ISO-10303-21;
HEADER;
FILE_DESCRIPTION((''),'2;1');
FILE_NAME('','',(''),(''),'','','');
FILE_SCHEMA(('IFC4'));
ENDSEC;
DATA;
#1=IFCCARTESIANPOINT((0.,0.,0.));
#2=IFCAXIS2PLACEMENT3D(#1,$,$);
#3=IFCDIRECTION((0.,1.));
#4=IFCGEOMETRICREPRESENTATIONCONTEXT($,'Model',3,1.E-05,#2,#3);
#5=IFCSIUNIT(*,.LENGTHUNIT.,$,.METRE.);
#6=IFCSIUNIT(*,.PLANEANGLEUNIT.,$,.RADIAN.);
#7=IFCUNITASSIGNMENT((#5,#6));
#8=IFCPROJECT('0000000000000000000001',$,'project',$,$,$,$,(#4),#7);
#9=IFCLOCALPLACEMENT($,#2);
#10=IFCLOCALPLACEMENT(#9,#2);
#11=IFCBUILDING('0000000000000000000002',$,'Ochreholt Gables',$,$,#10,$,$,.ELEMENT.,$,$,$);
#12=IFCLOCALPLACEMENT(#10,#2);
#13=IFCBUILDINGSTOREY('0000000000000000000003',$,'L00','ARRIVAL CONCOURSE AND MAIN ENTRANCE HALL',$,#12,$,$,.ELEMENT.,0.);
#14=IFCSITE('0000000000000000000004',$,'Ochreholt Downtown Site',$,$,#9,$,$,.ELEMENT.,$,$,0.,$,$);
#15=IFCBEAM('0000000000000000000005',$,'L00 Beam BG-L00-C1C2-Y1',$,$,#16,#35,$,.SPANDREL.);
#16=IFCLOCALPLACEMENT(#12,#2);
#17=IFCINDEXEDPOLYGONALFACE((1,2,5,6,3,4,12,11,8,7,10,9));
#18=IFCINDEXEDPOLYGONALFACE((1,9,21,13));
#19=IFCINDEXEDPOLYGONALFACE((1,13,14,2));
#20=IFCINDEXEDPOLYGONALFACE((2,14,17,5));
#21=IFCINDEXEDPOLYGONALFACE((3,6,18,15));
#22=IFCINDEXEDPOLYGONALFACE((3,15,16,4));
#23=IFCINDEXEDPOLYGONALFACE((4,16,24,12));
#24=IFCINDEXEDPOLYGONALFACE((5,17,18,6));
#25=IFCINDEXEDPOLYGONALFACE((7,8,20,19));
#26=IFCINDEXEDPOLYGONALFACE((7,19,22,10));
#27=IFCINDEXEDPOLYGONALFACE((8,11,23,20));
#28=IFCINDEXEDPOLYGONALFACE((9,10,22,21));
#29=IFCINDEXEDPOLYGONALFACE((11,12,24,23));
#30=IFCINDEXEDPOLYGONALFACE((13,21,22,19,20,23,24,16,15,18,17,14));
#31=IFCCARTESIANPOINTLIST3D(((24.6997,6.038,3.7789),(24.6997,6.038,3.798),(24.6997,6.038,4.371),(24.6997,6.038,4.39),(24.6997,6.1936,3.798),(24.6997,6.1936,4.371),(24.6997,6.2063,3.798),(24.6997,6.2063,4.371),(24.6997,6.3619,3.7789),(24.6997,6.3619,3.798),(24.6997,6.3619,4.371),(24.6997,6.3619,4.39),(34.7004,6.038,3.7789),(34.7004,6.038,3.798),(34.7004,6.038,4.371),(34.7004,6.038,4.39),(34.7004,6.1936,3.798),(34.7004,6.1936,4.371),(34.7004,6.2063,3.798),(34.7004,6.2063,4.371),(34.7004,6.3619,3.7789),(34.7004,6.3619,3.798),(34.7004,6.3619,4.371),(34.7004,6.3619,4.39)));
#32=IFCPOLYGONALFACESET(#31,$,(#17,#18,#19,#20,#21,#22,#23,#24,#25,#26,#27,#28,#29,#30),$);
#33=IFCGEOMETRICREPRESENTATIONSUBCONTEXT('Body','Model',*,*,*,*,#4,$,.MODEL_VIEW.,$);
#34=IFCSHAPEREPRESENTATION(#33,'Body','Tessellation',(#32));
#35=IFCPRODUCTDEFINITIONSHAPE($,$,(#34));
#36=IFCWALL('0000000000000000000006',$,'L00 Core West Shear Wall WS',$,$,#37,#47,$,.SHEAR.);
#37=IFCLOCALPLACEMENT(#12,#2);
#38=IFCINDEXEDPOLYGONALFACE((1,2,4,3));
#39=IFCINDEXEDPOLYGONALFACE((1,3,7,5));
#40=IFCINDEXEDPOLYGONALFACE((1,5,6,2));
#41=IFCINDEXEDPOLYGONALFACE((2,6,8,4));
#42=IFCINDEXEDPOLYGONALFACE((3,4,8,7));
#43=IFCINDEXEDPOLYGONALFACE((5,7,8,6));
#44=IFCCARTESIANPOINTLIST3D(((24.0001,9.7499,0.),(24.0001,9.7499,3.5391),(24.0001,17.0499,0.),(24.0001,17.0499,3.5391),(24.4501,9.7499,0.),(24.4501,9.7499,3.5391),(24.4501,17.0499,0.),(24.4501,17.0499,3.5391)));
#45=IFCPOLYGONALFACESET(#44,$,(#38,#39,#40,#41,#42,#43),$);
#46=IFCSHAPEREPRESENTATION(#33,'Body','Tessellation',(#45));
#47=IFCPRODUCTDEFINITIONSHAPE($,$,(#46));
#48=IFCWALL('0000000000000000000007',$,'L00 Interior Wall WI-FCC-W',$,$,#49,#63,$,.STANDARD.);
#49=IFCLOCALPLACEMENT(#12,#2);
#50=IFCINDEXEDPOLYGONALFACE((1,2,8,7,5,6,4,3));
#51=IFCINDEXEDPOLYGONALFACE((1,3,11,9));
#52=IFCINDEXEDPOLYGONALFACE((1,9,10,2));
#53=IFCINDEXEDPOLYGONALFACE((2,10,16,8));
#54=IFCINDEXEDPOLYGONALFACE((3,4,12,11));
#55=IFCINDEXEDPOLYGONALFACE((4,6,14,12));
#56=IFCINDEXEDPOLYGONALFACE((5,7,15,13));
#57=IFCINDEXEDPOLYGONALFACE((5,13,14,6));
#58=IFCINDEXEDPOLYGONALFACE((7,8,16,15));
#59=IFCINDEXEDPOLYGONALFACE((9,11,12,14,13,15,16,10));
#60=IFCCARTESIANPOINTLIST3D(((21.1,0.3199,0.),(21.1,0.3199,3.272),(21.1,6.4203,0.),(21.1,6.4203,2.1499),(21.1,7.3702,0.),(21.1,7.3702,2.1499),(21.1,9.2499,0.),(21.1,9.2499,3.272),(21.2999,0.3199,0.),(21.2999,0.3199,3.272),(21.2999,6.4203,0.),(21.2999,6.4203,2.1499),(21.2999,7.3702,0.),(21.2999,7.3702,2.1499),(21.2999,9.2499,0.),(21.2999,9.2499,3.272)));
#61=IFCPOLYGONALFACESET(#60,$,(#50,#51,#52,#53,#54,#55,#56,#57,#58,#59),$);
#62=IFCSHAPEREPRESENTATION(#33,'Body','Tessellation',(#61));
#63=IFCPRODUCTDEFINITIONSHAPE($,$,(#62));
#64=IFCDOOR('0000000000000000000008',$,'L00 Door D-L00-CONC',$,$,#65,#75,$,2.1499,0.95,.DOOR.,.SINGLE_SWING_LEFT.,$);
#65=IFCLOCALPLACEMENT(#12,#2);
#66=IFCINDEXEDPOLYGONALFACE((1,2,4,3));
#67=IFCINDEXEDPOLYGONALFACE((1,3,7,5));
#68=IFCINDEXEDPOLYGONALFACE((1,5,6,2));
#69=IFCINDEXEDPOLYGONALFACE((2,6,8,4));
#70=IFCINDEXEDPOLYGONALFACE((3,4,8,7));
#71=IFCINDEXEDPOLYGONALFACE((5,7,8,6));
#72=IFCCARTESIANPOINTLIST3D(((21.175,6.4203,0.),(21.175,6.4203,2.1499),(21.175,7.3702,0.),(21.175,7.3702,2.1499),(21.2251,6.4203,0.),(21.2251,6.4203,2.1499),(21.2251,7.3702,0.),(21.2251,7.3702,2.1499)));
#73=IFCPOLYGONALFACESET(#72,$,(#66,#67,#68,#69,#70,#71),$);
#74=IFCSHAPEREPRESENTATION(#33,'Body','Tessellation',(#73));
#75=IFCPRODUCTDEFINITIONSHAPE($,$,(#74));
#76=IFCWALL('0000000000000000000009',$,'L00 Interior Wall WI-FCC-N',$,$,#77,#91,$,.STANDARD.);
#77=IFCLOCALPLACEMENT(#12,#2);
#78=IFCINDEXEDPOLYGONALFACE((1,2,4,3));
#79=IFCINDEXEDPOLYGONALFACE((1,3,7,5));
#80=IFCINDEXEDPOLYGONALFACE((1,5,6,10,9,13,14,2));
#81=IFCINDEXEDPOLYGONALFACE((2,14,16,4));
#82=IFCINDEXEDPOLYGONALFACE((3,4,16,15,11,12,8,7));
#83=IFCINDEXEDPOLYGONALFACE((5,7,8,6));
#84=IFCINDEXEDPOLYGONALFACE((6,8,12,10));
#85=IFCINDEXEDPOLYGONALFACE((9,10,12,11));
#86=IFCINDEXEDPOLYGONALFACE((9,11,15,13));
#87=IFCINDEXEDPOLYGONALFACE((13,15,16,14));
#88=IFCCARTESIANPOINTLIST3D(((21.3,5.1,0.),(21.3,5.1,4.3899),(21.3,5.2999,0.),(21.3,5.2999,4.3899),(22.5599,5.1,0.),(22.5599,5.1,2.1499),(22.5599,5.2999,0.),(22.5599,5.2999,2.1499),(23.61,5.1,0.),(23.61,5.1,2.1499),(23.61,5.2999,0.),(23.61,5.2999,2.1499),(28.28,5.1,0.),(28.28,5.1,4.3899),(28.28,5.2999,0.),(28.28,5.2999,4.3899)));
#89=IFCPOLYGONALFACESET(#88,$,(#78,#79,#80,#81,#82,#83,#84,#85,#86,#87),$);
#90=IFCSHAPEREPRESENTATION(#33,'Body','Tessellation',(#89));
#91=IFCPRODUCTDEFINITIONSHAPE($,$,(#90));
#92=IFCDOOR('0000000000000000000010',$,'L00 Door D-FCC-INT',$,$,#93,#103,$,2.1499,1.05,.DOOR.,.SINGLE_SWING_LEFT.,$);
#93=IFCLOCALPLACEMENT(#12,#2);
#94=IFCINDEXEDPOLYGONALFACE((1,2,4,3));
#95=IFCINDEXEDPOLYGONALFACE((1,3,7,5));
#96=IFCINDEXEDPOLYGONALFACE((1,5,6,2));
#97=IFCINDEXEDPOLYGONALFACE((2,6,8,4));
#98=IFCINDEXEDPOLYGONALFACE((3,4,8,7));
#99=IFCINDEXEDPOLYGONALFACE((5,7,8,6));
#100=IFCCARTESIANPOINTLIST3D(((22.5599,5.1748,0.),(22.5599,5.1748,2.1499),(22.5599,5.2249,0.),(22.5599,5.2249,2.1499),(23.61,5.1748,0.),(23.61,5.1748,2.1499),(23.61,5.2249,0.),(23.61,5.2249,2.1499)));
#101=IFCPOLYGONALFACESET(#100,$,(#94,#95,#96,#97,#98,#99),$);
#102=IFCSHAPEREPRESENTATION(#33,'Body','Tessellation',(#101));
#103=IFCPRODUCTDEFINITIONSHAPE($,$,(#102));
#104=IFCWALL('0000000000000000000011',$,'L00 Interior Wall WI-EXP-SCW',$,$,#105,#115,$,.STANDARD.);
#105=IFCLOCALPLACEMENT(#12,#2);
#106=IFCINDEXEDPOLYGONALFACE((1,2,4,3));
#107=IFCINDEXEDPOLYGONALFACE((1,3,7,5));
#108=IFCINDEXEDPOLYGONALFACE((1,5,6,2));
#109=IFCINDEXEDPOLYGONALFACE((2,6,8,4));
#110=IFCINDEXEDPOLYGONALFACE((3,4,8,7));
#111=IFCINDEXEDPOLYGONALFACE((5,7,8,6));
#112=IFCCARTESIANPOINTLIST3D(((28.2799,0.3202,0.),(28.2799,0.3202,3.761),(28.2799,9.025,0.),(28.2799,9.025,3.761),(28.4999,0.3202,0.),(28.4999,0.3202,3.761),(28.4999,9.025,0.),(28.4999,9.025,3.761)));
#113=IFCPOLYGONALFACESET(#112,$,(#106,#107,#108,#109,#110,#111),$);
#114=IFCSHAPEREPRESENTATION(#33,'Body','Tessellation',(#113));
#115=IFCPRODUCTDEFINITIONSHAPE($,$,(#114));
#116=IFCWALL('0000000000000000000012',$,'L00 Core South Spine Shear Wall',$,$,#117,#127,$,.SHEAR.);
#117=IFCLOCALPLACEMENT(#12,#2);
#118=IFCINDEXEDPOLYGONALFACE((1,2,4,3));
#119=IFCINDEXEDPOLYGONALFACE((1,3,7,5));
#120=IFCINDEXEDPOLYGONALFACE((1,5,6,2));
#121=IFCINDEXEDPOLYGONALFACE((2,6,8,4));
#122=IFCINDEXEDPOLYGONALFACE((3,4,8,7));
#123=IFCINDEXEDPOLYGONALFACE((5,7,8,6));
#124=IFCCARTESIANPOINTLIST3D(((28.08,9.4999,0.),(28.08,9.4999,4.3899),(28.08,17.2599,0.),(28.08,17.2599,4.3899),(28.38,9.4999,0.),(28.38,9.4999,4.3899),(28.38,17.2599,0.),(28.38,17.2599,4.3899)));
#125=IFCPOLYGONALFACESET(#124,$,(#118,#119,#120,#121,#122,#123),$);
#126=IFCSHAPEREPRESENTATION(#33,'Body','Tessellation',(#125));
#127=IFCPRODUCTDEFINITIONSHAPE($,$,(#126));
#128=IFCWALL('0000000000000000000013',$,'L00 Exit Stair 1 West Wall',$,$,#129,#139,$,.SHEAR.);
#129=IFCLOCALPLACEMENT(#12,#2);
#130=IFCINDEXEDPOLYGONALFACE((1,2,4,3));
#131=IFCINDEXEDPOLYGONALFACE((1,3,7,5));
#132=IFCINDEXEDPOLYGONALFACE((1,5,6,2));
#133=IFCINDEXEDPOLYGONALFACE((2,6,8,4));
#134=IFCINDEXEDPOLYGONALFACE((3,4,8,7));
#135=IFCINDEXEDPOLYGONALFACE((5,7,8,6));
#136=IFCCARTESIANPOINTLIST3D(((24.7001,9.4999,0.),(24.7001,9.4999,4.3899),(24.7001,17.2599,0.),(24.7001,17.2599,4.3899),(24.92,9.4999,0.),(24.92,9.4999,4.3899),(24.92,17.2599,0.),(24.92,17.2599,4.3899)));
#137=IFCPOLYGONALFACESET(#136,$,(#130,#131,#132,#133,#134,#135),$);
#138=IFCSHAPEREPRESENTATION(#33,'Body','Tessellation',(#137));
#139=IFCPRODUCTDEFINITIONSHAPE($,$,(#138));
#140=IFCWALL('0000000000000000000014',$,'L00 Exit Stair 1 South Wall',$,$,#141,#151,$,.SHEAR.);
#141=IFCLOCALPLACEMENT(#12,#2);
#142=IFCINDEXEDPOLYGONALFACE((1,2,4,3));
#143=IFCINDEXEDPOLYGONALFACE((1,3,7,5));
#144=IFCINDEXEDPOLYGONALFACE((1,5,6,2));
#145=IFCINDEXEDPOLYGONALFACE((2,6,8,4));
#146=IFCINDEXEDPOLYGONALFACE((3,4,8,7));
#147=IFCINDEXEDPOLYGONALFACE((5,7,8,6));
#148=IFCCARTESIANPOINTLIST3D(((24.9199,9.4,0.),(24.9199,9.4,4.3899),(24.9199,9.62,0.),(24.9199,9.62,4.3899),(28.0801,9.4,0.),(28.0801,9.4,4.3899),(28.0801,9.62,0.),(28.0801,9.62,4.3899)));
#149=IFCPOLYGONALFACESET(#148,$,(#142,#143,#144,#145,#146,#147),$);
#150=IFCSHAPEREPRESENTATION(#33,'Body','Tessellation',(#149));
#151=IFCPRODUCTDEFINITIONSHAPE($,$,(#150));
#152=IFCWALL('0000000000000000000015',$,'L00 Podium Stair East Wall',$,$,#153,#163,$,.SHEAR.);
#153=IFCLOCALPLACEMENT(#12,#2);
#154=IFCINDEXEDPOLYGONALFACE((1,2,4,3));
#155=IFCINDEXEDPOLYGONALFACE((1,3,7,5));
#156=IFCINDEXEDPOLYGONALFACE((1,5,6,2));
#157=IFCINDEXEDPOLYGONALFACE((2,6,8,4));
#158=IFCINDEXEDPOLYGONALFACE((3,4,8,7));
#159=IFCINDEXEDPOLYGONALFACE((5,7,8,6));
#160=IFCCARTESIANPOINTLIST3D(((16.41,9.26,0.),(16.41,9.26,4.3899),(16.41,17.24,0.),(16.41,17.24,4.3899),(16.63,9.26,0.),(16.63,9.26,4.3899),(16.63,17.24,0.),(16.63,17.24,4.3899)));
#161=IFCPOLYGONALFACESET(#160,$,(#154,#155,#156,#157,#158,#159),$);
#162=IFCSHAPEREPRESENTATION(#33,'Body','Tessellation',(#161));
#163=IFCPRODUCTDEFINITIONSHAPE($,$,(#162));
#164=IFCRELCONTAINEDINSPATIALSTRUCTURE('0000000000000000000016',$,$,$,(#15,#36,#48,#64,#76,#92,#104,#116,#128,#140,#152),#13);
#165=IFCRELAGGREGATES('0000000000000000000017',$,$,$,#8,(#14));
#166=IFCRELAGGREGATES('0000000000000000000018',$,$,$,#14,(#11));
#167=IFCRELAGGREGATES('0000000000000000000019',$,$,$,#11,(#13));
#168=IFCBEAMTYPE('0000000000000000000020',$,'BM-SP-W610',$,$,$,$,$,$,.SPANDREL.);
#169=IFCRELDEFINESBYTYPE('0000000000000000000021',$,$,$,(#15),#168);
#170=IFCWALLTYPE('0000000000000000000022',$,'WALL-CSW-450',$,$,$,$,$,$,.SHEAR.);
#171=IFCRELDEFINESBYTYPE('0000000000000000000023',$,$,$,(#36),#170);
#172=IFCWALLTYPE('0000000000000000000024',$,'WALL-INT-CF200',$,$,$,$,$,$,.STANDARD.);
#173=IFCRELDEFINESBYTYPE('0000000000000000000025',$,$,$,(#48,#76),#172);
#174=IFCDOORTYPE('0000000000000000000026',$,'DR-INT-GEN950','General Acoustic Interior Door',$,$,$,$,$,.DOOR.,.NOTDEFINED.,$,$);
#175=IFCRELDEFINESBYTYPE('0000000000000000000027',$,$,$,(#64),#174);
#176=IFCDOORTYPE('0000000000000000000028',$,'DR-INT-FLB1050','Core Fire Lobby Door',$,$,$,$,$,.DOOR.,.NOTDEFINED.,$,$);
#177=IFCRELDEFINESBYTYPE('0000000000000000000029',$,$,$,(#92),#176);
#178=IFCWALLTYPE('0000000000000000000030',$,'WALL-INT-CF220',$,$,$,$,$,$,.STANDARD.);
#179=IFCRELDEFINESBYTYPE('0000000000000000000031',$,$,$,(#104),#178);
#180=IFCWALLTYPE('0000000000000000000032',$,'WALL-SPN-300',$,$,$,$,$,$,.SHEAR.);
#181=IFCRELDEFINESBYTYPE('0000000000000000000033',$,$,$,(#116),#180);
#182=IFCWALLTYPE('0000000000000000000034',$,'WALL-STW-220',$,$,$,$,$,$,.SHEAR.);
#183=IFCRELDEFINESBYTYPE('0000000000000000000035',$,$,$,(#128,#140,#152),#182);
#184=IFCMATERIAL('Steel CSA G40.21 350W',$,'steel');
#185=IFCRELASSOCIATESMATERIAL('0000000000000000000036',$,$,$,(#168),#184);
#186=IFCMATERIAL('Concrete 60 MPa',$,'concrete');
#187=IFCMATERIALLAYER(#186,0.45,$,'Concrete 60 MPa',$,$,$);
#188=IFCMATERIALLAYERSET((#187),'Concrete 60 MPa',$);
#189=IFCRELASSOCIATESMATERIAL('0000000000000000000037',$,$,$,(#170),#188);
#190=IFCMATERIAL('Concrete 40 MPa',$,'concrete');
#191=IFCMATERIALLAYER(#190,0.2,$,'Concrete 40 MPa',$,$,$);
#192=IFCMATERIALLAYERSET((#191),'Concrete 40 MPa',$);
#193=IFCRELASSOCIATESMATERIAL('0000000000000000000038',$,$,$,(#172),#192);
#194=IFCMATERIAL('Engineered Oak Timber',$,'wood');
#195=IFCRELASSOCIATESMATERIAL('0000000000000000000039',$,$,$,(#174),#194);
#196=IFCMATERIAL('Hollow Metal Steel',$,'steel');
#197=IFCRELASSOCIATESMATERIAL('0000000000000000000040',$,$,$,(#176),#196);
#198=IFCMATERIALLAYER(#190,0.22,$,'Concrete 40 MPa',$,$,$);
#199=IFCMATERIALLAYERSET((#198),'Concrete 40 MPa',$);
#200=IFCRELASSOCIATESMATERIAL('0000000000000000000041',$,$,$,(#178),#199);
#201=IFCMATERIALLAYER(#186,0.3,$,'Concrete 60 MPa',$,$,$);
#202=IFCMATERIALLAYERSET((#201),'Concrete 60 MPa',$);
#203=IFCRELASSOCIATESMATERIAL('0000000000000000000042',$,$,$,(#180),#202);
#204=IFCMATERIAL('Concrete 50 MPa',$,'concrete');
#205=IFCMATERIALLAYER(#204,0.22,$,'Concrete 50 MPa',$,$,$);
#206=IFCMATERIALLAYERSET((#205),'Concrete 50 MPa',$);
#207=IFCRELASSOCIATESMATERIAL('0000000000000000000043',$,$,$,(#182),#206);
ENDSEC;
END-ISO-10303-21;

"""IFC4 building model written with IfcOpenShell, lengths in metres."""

from ifc_helpers import new_model, si_unit, direction, frame, frame_2d, origin, origin_2d, place, context, subcontext, project, spatial, rectangle, i_section, extrude, material, layer, layer_set, material_profile, profile_set, type_object, element, fill, save


model = new_model("IFC4")

# Units and contexts
model_context = context("Model", 3, precision=1e-05, world=origin(), true_north=direction((0.0, 1.0)))
body_context = subcontext(model_context, "Body", "Model", "MODEL_VIEW")
ifc_project = project(units=[si_unit("LENGTHUNIT", "METRE"), si_unit("PLANEANGLEUNIT", "RADIAN")], contexts=[model_context])

# Site, building, storey
site_placement = place(None, origin())
site = spatial("IfcSite", under=ifc_project, at=site_placement, Name="Ochreholt Downtown Site", CompositionType="ELEMENT", RefElevation=0.0)
building_placement = place(site_placement, origin())
building = spatial("IfcBuilding", under=site, at=building_placement, Name="Ochreholt Gables", CompositionType="ELEMENT")
storey_placement = place(building_placement, origin())
storey = spatial("IfcBuildingStorey", under=building, at=storey_placement, Name="L00", Description="ARRIVAL CONCOURSE AND MAIN ENTRANCE HALL", CompositionType="ELEMENT", Elevation=0.0)

# Shared definitions
ifc_material_1 = material(Name="Concrete 60 MPa", Category="concrete")

# Beam
ifc_material_2 = material(Name="Steel CSA G40.21 350W", Category="steel")
ifc_material_profile_1 = material_profile(ifc_material_2, i_section(OverallWidth=0.324, OverallDepth=0.6111, WebThickness=0.0127, FlangeThickness=0.019, at=origin_2d()), Name="W610X155")
ifc_profile_set_1 = profile_set([ifc_material_profile_1], Name="Steel CSA G40.21 350W")
beam_type_1 = type_object("IfcBeamType", Name="BM-SP-W610", PredefinedType="SPANDREL", material=ifc_profile_set_1)
beam_1_placement = place(storey_placement, frame((24.6997, 6.2, 4.0845), z_axis=(1.0, 0.0, 0.0), x_axis=(0.0, 1.0, 0.0)))
element("IfcBeam", 1, at=beam_1_placement, inside=storey, type_object=beam_type_1, Name="L00 Beam BG-L00-C1C2-Y1", PredefinedType="SPANDREL", context=body_context, shape_type="SweptSolid", body=[
    extrude(i_section(OverallWidth=0.324, OverallDepth=0.6111, WebThickness=0.0127, FlangeThickness=0.019, at=origin_2d()), origin(), (0.0, 0.0, 1.0), 10.0007),
])

# Wall
ifc_layer_1 = layer(ifc_material_1, 0.45, Name="Concrete 60 MPa")
ifc_layer_set_1 = layer_set([ifc_layer_1], Name="Concrete 60 MPa")
wall_type_1 = type_object("IfcWallType", Name="WALL-CSW-450", PredefinedType="SHEAR", material=ifc_layer_set_1)
wall_1_placement = place(storey_placement, frame((24.2251, 9.75, 0.0), z_axis=(0.0, 0.0, 1.0), x_axis=(0.0, 1.0, 0.0)))
element("IfcWall", 2, at=wall_1_placement, inside=storey, type_object=wall_type_1, Name="L00 Core West Shear Wall WS", PredefinedType="SHEAR", context=body_context, shape_type="SweptSolid", body=[
    extrude(rectangle(XDim=7.3, YDim=0.45, at=frame_2d((3.6499, 0.0))), origin(), (0.0, 0.0, 1.0), 3.5391),
])

# Walls, openings, doors
ifc_material_3 = material(Name="Hollow Metal Steel", Category="steel")
ifc_material_4 = material(Name="Concrete 40 MPa", Category="concrete")
ifc_layer_2 = layer(ifc_material_4, 0.2, Name="Concrete 40 MPa")
ifc_layer_set_2 = layer_set([ifc_layer_2], Name="Concrete 40 MPa")
wall_type_2 = type_object("IfcWallType", Name="WALL-INT-CF200", PredefinedType="STANDARD", material=ifc_layer_set_2)
wall_2_placement = place(storey_placement, frame((21.2, 0.3201, 0.0), z_axis=(0.0, 0.0, 1.0), x_axis=(0.0, 1.0, 0.0)))
wall_2 = element("IfcWall", 3, at=wall_2_placement, inside=storey, type_object=wall_type_2, Name="L00 Interior Wall WI-FCC-W", PredefinedType="STANDARD", context=body_context, shape_type="SweptSolid", body=[
    extrude(rectangle(XDim=8.9299, YDim=0.2, at=frame_2d((4.4648, 0.0))), origin(), (0.0, 0.0, 1.0), 3.272),
])
opening_1_placement = place(wall_2_placement, frame((6.1001, 0.0, 0.0)))
opening_1 = element("IfcOpeningElement", 4, at=opening_1_placement, cuts=wall_2, PredefinedType="OPENING", context=body_context, shape_type="SweptSolid", body=[
    extrude(rectangle(XDim=0.95, YDim=2.1499, at=frame_2d((0.4751, 1.075))), frame((0.0, 0.1099, 0.0), z_axis=(0.0, -1.0, 0.0), x_axis=(1.0, 0.0, 0.0)), (0.0, 0.0, 1.0), 0.22),
])
ifc_material_5 = material(Name="Engineered Oak Timber", Category="wood")
door_type_1 = type_object("IfcDoorType", Name="DR-INT-GEN950", Description="General Acoustic Interior Door", OperationType="NOTDEFINED", PredefinedType="DOOR", material=ifc_material_5)
door_1_placement = place(opening_1_placement, origin())
door_1 = element("IfcDoor", 5, at=door_1_placement, inside=storey, type_object=door_type_1, Name="L00 Door D-L00-CONC", OperationType="SINGLE_SWING_LEFT", OverallHeight=2.1499, OverallWidth=0.95, PredefinedType="DOOR", context=body_context, shape_type="SweptSolid", body=[
    extrude(rectangle(XDim=0.95, YDim=2.1499, at=frame_2d((0.4751, 1.075))), frame((0.0, 0.0249, 0.0), z_axis=(0.0, -1.0, 0.0), x_axis=(1.0, 0.0, 0.0)), (0.0, 0.0, 1.0), 0.05),
])
fill(opening_1, door_1)
wall_3_placement = place(storey_placement, frame((21.3, 5.2, 0.0), z_axis=(0.0, 0.0, 1.0), x_axis=(1.0, 0.0, 0.0)))
wall_3 = element("IfcWall", 6, at=wall_3_placement, inside=storey, type_object=wall_type_2, Name="L00 Interior Wall WI-FCC-N", PredefinedType="STANDARD", context=body_context, shape_type="SweptSolid", body=[
    extrude(rectangle(XDim=6.98, YDim=0.2, at=frame_2d((3.49, 0.0))), origin(), (0.0, 0.0, 1.0), 4.3899),
])
opening_2_placement = place(wall_3_placement, frame((1.26, 0.0, 0.0)))
opening_2 = element("IfcOpeningElement", 7, at=opening_2_placement, cuts=wall_3, PredefinedType="OPENING", context=body_context, shape_type="SweptSolid", body=[
    extrude(rectangle(XDim=1.05, YDim=2.1499, at=frame_2d((0.5249, 1.075))), frame((0.0, 0.1099, 0.0), z_axis=(0.0, -1.0, 0.0), x_axis=(1.0, 0.0, 0.0)), (0.0, 0.0, 1.0), 0.22),
])
door_type_2 = type_object("IfcDoorType", Name="DR-INT-FLB1050", Description="Core Fire Lobby Door", OperationType="NOTDEFINED", PredefinedType="DOOR", material=ifc_material_3)
door_2_placement = place(opening_2_placement, origin())
door_2 = element("IfcDoor", 8, at=door_2_placement, inside=storey, type_object=door_type_2, Name="L00 Door D-FCC-INT", OperationType="SINGLE_SWING_LEFT", OverallHeight=2.1499, OverallWidth=1.05, PredefinedType="DOOR", context=body_context, shape_type="SweptSolid", body=[
    extrude(rectangle(XDim=1.05, YDim=2.1499, at=frame_2d((0.5249, 1.075))), frame((0.0, 0.0249, 0.0), z_axis=(0.0, -1.0, 0.0), x_axis=(1.0, 0.0, 0.0)), (0.0, 0.0, 1.0), 0.05),
])
fill(opening_2, door_2)

# Walls
ifc_layer_3 = layer(ifc_material_4, 0.22, Name="Concrete 40 MPa")
ifc_layer_set_3 = layer_set([ifc_layer_3], Name="Concrete 40 MPa")
wall_type_3 = type_object("IfcWallType", Name="WALL-INT-CF220", PredefinedType="STANDARD", material=ifc_layer_set_3)
wall_4_placement = place(storey_placement, frame((28.3899, 0.3201, 0.0), z_axis=(0.0, 0.0, 1.0), x_axis=(0.0, 1.0, 0.0)))
element("IfcWall", 9, at=wall_4_placement, inside=storey, type_object=wall_type_3, Name="L00 Interior Wall WI-EXP-SCW", PredefinedType="STANDARD", context=body_context, shape_type="SweptSolid", body=[
    extrude(rectangle(XDim=8.7048, YDim=0.22, at=frame_2d((4.3525, 0.0))), origin(), (0.0, 0.0, 1.0), 3.761),
])
ifc_layer_4 = layer(ifc_material_1, 0.3, Name="Concrete 60 MPa")
ifc_layer_set_4 = layer_set([ifc_layer_4], Name="Concrete 60 MPa")
wall_type_4 = type_object("IfcWallType", Name="WALL-SPN-300", PredefinedType="SHEAR", material=ifc_layer_set_4)
wall_5_placement = place(storey_placement, frame((28.23, 9.5, 0.0), z_axis=(0.0, 0.0, 1.0), x_axis=(0.0, 1.0, 0.0)))
element("IfcWall", 10, at=wall_5_placement, inside=storey, type_object=wall_type_4, Name="L00 Core South Spine Shear Wall", PredefinedType="SHEAR", context=body_context, shape_type="SweptSolid", body=[
    extrude(rectangle(XDim=7.76, YDim=0.3, at=frame_2d((3.8799, 0.0))), origin(), (0.0, 0.0, 1.0), 4.3899),
])
ifc_material_6 = material(Name="Concrete 50 MPa", Category="concrete")
ifc_layer_5 = layer(ifc_material_6, 0.22, Name="Concrete 50 MPa")
ifc_layer_set_5 = layer_set([ifc_layer_5], Name="Concrete 50 MPa")
wall_type_5 = type_object("IfcWallType", Name="WALL-STW-220", PredefinedType="SHEAR", material=ifc_layer_set_5)
wall_6_placement = place(storey_placement, frame((24.8101, 9.5, 0.0), z_axis=(0.0, 0.0, 1.0), x_axis=(0.0, 1.0, 0.0)))
element("IfcWall", 11, at=wall_6_placement, inside=storey, type_object=wall_type_5, Name="L00 Exit Stair 1 West Wall", PredefinedType="SHEAR", context=body_context, shape_type="SweptSolid", body=[
    extrude(rectangle(XDim=7.76, YDim=0.22, at=frame_2d((3.8799, 0.0))), origin(), (0.0, 0.0, 1.0), 4.3899),
])
wall_7_placement = place(storey_placement, frame((24.9199, 9.51, 0.0), z_axis=(0.0, 0.0, 1.0), x_axis=(1.0, 0.0, 0.0)))
element("IfcWall", 12, at=wall_7_placement, inside=storey, type_object=wall_type_5, Name="L00 Exit Stair 1 South Wall", PredefinedType="SHEAR", context=body_context, shape_type="SweptSolid", body=[
    extrude(rectangle(XDim=3.1602, YDim=0.22, at=frame_2d((1.5801, 0.0))), origin(), (0.0, 0.0, 1.0), 4.3899),
])
wall_8_placement = place(storey_placement, frame((16.52, 9.26, 0.0), z_axis=(0.0, 0.0, 1.0), x_axis=(0.0, 1.0, 0.0)))
element("IfcWall", 13, at=wall_8_placement, inside=storey, type_object=wall_type_5, Name="L00 Podium Stair East Wall", PredefinedType="SHEAR", context=body_context, shape_type="SweptSolid", body=[
    extrude(rectangle(XDim=7.98, YDim=0.22, at=frame_2d((3.99, 0.0))), origin(), (0.0, 0.0, 1.0), 4.3899),
])

save(model, "model.ifc")
